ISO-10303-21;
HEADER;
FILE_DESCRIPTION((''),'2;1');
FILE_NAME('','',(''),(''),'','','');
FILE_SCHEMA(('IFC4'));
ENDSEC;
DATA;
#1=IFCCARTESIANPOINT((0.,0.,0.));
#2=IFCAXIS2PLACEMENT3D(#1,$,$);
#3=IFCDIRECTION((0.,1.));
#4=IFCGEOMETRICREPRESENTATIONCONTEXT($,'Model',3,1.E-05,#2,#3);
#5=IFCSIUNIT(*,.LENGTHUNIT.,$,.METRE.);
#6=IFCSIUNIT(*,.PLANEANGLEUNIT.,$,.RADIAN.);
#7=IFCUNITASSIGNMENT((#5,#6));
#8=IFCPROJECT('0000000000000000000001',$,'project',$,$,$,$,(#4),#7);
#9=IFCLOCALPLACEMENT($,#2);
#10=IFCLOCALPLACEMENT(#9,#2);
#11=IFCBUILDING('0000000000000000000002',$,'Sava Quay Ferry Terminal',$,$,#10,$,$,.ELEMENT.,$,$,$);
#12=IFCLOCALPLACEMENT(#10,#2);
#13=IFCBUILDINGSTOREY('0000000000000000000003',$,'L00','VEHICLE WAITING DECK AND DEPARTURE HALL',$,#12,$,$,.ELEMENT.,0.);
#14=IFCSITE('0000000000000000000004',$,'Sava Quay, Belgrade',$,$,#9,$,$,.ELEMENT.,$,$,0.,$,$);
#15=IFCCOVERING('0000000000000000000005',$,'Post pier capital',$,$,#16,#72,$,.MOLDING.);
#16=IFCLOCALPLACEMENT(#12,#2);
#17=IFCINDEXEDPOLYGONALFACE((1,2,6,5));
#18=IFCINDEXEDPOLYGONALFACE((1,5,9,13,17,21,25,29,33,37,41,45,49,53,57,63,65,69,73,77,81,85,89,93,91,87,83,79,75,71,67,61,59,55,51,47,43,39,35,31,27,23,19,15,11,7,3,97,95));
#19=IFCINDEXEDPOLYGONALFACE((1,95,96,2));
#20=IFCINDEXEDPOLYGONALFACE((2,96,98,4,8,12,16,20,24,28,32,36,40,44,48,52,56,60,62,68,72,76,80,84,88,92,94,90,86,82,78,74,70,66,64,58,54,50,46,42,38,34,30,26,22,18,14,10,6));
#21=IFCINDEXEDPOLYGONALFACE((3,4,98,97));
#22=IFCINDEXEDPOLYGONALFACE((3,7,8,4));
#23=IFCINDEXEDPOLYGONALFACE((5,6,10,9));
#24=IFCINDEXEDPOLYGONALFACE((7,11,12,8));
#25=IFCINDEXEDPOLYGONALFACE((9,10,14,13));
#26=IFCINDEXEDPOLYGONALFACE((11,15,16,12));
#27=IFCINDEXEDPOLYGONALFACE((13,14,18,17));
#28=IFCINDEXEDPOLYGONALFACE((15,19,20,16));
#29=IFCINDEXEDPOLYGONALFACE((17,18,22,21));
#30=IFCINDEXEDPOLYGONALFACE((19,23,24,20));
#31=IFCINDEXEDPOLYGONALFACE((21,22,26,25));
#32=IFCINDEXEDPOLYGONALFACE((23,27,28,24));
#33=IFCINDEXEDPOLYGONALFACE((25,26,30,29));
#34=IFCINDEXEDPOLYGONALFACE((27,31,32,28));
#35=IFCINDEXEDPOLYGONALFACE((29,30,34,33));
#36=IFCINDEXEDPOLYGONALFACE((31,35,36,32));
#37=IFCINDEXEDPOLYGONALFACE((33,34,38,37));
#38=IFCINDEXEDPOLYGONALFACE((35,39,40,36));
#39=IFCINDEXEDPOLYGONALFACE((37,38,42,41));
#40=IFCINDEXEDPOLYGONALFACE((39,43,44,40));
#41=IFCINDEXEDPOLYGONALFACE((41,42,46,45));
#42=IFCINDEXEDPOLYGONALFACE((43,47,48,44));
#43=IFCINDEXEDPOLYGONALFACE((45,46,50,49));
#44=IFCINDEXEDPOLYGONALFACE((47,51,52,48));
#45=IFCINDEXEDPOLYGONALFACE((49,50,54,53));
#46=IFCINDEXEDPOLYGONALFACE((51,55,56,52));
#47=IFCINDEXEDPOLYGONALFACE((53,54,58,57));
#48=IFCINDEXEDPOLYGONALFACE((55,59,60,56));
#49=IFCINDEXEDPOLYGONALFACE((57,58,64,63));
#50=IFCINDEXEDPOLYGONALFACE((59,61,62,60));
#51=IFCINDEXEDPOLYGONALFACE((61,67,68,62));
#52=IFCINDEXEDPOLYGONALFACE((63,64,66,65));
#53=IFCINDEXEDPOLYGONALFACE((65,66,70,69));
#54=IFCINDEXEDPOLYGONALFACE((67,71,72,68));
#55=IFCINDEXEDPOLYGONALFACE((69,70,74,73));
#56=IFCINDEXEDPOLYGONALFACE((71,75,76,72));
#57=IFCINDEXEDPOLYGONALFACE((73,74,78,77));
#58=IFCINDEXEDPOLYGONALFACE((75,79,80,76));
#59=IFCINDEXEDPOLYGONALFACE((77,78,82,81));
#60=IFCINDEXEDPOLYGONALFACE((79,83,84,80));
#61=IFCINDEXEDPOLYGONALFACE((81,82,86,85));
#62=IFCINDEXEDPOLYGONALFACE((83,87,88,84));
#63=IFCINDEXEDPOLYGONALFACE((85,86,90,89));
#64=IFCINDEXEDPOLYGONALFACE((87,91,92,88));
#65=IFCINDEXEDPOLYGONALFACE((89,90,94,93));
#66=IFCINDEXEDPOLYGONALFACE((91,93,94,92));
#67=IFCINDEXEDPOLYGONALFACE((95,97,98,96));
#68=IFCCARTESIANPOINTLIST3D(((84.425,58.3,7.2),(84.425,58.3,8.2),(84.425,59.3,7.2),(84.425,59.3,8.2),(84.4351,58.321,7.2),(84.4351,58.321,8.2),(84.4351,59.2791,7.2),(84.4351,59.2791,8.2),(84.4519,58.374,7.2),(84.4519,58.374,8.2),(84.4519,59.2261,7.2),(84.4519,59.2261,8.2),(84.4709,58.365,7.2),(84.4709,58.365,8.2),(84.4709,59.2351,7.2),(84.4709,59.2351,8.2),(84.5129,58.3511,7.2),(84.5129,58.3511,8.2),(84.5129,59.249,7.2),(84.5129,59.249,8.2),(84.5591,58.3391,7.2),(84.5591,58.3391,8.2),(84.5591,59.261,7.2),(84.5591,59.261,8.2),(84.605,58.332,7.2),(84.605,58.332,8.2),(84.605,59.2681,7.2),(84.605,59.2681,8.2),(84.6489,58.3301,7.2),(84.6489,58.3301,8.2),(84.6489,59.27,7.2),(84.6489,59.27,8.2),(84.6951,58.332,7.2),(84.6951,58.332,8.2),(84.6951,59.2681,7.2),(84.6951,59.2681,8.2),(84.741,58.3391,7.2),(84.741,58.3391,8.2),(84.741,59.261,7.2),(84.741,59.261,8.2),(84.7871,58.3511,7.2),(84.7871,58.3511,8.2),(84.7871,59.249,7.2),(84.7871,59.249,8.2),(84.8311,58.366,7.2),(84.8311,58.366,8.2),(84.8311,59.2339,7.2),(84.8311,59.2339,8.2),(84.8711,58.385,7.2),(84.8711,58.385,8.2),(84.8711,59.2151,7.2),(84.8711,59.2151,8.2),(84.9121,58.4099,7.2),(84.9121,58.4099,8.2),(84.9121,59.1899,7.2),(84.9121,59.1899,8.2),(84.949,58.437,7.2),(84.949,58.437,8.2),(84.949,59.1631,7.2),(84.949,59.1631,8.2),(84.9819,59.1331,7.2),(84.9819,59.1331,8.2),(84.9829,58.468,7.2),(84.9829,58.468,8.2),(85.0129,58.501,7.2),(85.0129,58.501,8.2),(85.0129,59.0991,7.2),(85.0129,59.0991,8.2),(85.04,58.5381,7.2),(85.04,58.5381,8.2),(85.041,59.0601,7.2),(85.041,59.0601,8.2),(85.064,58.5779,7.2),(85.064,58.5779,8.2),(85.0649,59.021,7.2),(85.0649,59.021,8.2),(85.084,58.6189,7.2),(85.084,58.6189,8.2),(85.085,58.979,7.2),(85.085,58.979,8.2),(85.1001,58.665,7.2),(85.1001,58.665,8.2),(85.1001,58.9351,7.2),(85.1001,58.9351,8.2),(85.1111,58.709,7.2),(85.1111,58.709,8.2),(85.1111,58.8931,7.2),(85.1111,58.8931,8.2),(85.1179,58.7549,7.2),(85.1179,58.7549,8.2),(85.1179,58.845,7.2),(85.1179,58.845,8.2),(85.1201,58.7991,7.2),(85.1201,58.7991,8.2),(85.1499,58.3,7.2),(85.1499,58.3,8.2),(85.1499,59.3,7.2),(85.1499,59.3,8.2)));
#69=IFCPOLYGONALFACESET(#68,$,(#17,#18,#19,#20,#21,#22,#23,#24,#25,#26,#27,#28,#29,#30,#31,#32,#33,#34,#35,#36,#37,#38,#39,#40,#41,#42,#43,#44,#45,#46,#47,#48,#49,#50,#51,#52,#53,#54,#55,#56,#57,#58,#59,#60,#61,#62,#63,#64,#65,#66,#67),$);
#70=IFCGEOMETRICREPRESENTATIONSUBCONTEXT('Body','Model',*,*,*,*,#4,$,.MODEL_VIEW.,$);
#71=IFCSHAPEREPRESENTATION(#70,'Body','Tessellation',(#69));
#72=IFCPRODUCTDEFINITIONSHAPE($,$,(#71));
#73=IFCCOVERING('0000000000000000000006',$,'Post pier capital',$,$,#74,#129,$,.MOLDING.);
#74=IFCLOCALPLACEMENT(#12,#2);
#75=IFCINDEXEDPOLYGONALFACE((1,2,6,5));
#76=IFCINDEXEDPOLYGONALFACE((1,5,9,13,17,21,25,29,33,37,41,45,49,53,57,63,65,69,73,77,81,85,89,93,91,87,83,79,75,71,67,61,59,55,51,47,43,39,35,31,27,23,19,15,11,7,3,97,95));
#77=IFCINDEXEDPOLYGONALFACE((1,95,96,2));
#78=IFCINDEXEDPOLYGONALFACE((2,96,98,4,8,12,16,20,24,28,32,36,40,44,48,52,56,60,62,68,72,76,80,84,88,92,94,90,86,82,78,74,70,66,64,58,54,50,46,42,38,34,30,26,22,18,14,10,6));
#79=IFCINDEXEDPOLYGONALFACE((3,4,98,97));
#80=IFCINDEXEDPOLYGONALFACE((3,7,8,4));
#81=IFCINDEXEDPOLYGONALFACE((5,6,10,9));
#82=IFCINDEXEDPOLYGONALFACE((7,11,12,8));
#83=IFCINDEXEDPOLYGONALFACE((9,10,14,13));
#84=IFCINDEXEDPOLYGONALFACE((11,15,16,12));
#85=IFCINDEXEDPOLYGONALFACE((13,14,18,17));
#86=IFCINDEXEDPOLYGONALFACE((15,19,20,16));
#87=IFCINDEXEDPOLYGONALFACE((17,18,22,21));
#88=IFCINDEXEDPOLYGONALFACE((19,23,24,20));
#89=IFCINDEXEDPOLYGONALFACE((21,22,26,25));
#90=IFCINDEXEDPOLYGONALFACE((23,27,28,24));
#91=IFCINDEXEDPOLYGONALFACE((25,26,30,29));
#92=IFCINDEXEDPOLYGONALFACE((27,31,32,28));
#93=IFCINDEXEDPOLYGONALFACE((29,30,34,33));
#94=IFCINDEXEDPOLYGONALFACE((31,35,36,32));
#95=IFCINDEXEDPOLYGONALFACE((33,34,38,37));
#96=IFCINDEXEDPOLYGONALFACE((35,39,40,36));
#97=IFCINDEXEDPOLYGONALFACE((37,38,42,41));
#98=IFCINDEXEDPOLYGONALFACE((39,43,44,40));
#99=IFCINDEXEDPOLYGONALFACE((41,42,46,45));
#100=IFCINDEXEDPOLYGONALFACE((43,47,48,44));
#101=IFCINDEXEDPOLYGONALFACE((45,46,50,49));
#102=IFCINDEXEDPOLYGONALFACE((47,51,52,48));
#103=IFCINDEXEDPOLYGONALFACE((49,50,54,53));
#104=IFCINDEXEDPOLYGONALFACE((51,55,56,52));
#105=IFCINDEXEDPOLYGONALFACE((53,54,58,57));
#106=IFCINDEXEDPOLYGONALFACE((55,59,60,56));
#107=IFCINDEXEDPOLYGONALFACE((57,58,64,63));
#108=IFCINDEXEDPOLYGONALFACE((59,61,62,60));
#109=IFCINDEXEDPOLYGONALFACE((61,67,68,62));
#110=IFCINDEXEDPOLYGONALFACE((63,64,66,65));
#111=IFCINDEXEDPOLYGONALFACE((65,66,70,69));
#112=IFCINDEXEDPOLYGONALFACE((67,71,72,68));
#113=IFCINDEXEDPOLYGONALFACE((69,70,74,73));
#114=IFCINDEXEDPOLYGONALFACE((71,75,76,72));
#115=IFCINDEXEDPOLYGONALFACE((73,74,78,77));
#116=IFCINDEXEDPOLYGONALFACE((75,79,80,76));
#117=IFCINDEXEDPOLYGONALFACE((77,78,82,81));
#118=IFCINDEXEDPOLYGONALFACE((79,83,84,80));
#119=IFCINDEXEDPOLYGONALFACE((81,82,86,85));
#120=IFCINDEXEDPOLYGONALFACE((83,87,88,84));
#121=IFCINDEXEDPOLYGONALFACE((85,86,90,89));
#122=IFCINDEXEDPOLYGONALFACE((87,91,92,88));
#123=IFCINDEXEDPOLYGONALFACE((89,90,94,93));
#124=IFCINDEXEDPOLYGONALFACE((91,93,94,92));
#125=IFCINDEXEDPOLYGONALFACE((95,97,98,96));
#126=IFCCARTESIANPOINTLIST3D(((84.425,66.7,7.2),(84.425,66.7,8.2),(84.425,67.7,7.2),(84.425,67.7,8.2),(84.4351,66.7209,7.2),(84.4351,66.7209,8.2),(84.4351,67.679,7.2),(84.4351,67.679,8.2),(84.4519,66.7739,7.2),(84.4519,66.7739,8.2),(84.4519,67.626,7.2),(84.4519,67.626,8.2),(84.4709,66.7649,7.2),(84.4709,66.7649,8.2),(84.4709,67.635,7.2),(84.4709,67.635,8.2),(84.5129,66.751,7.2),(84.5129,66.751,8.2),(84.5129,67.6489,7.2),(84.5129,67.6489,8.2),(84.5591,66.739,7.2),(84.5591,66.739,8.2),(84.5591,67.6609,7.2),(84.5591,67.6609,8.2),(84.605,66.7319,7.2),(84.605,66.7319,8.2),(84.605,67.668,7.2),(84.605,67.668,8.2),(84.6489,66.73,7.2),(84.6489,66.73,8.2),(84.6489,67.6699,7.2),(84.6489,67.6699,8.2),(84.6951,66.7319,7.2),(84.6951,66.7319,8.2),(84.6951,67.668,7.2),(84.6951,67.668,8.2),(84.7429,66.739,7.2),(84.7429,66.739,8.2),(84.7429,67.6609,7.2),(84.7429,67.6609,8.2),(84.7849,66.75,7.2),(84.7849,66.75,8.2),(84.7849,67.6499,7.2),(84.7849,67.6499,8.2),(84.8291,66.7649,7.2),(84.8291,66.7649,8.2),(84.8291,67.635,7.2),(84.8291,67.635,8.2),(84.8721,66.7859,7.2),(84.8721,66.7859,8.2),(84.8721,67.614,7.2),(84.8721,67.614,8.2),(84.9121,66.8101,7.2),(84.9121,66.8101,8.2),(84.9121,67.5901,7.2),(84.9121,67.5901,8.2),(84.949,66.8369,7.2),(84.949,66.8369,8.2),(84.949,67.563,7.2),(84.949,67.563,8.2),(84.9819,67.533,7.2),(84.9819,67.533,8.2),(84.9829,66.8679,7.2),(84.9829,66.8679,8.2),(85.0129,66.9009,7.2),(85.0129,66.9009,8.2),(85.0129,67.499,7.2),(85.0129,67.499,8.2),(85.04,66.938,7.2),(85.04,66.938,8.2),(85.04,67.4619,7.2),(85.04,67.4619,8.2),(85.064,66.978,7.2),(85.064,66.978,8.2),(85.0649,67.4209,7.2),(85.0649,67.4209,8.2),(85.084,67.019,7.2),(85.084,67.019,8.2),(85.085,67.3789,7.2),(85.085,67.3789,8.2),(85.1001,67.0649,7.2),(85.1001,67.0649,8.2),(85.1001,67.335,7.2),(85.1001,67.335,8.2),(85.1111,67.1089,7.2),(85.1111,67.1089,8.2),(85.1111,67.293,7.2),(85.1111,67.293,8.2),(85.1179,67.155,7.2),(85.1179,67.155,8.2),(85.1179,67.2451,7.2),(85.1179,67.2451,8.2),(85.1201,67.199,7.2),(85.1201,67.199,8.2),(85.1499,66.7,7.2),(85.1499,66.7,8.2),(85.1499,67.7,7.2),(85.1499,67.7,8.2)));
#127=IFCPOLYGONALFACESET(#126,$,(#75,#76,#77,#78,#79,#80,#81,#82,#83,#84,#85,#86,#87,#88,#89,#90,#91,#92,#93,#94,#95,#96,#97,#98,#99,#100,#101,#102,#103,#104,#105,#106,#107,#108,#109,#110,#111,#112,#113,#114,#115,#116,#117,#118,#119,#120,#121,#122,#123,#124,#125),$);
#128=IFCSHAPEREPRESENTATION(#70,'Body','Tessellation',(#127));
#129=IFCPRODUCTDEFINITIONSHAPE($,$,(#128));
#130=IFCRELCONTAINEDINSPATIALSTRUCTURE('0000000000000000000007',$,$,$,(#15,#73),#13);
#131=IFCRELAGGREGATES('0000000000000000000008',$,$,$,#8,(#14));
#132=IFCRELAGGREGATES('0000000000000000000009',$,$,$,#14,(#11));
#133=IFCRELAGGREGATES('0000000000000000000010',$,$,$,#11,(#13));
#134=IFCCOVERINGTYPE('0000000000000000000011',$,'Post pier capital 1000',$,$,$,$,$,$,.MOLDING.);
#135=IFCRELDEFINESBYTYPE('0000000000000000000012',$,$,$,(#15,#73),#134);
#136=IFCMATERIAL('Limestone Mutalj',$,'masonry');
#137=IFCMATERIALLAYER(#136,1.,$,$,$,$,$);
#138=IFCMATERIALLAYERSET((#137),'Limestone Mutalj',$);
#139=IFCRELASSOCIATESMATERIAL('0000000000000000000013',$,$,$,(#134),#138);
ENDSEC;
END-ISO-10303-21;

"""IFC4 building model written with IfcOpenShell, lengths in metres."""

from ifc_helpers import new_model, si_unit, direction, frame, origin, place, context, subcontext, project, spatial, polyline, outline, extrude, material, layer, layer_set, type_object, element, save


model = new_model("IFC4")

# Units and contexts
model_context = context("Model", 3, precision=1e-05, world=origin(), true_north=direction((0.0, 1.0)))
body_context = subcontext(model_context, "Body", "Model", "MODEL_VIEW")
ifc_project = project(units=[si_unit("LENGTHUNIT", "METRE"), si_unit("PLANEANGLEUNIT", "RADIAN")], contexts=[model_context])

# Site, building, storey
site_placement = place(None, origin())
site = spatial("IfcSite", under=ifc_project, at=site_placement, Name="Sava Quay, Belgrade", CompositionType="ELEMENT", RefElevation=0.0)
building_placement = place(site_placement, origin())
building = spatial("IfcBuilding", under=site, at=building_placement, Name="Sava Quay Ferry Terminal", CompositionType="ELEMENT")
storey_placement = place(building_placement, origin())
storey = spatial("IfcBuildingStorey", under=building, at=storey_placement, Name="L00", Description="VEHICLE WAITING DECK AND DEPARTURE HALL", CompositionType="ELEMENT", Elevation=0.0)

# Coverings
ifc_material_1 = material(Name="Limestone Mutalj", Category="masonry")
ifc_layer_1 = layer(ifc_material_1, 1.0)
ifc_layer_set_1 = layer_set([ifc_layer_1], Name="Limestone Mutalj")
covering_type_1 = type_object("IfcCoveringType", Name="Post pier capital 1000", PredefinedType="MOLDING", material=ifc_layer_set_1)
covering_1_placement = place(storey_placement, frame((0.0, 0.0, 7.2)))
element("IfcCovering", 1, at=covering_1_placement, inside=storey, type_object=covering_type_1, Name="Post pier capital", PredefinedType="MOLDING", context=body_context, shape_type="SweptSolid", body=[
    extrude(outline(polyline([(85.1499, 58.3), (85.1499, 59.3), (84.425, 59.3), (84.4351, 59.2791), (84.4519, 59.2261), (84.4709, 59.2351), (84.5129, 59.249), (84.5591, 59.261), (84.605, 59.2681), (84.6489, 59.27), (84.6951, 59.2681), (84.741, 59.261), (84.7871, 59.249), (84.8311, 59.2339), (84.8711, 59.2151), (84.9121, 59.1899), (84.949, 59.1631), (84.9819, 59.1331), (85.0129, 59.0991), (85.041, 59.0601), (85.0649, 59.021), (85.085, 58.979), (85.1001, 58.9351), (85.1111, 58.8931), (85.1179, 58.845), (85.1201, 58.7991), (85.1179, 58.7549), (85.1111, 58.709), (85.1001, 58.665), (85.084, 58.6189), (85.064, 58.5779), (85.04, 58.5381), (85.0129, 58.501), (84.9829, 58.468), (84.949, 58.437), (84.9121, 58.4099), (84.8711, 58.385), (84.8311, 58.366), (84.7871, 58.3511), (84.741, 58.3391), (84.6951, 58.332), (84.6489, 58.3301), (84.605, 58.332), (84.5591, 58.3391), (84.5129, 58.3511), (84.4709, 58.365), (84.4519, 58.374), (84.4351, 58.321), (84.425, 58.3), (85.1499, 58.3)])), origin(), (0.0, 0.0, 1.0), 1.0),
])
covering_2_placement = place(storey_placement, frame((0.0, 0.0, 7.2)))
element("IfcCovering", 2, at=covering_2_placement, inside=storey, type_object=covering_type_1, Name="Post pier capital", PredefinedType="MOLDING", context=body_context, shape_type="SweptSolid", body=[
    extrude(outline(polyline([(85.1499, 66.7), (85.1499, 67.7), (84.425, 67.7), (84.4351, 67.679), (84.4519, 67.626), (84.4709, 67.635), (84.5129, 67.6489), (84.5591, 67.6609), (84.605, 67.668), (84.6489, 67.6699), (84.6951, 67.668), (84.7429, 67.6609), (84.7849, 67.6499), (84.8291, 67.635), (84.8721, 67.614), (84.9121, 67.5901), (84.949, 67.563), (84.9819, 67.533), (85.0129, 67.499), (85.04, 67.4619), (85.0649, 67.4209), (85.085, 67.3789), (85.1001, 67.335), (85.1111, 67.293), (85.1179, 67.2451), (85.1201, 67.199), (85.1179, 67.155), (85.1111, 67.1089), (85.1001, 67.0649), (85.084, 67.019), (85.064, 66.978), (85.04, 66.938), (85.0129, 66.9009), (84.9829, 66.8679), (84.949, 66.8369), (84.9121, 66.8101), (84.8721, 66.7859), (84.8291, 66.7649), (84.7849, 66.75), (84.7429, 66.739), (84.6951, 66.7319), (84.6489, 66.73), (84.605, 66.7319), (84.5591, 66.739), (84.5129, 66.751), (84.4709, 66.7649), (84.4519, 66.7739), (84.4351, 66.7209), (84.425, 66.7), (85.1499, 66.7)])), origin(), (0.0, 0.0, 1.0), 1.0),
])

save(model, "model.ifc")
